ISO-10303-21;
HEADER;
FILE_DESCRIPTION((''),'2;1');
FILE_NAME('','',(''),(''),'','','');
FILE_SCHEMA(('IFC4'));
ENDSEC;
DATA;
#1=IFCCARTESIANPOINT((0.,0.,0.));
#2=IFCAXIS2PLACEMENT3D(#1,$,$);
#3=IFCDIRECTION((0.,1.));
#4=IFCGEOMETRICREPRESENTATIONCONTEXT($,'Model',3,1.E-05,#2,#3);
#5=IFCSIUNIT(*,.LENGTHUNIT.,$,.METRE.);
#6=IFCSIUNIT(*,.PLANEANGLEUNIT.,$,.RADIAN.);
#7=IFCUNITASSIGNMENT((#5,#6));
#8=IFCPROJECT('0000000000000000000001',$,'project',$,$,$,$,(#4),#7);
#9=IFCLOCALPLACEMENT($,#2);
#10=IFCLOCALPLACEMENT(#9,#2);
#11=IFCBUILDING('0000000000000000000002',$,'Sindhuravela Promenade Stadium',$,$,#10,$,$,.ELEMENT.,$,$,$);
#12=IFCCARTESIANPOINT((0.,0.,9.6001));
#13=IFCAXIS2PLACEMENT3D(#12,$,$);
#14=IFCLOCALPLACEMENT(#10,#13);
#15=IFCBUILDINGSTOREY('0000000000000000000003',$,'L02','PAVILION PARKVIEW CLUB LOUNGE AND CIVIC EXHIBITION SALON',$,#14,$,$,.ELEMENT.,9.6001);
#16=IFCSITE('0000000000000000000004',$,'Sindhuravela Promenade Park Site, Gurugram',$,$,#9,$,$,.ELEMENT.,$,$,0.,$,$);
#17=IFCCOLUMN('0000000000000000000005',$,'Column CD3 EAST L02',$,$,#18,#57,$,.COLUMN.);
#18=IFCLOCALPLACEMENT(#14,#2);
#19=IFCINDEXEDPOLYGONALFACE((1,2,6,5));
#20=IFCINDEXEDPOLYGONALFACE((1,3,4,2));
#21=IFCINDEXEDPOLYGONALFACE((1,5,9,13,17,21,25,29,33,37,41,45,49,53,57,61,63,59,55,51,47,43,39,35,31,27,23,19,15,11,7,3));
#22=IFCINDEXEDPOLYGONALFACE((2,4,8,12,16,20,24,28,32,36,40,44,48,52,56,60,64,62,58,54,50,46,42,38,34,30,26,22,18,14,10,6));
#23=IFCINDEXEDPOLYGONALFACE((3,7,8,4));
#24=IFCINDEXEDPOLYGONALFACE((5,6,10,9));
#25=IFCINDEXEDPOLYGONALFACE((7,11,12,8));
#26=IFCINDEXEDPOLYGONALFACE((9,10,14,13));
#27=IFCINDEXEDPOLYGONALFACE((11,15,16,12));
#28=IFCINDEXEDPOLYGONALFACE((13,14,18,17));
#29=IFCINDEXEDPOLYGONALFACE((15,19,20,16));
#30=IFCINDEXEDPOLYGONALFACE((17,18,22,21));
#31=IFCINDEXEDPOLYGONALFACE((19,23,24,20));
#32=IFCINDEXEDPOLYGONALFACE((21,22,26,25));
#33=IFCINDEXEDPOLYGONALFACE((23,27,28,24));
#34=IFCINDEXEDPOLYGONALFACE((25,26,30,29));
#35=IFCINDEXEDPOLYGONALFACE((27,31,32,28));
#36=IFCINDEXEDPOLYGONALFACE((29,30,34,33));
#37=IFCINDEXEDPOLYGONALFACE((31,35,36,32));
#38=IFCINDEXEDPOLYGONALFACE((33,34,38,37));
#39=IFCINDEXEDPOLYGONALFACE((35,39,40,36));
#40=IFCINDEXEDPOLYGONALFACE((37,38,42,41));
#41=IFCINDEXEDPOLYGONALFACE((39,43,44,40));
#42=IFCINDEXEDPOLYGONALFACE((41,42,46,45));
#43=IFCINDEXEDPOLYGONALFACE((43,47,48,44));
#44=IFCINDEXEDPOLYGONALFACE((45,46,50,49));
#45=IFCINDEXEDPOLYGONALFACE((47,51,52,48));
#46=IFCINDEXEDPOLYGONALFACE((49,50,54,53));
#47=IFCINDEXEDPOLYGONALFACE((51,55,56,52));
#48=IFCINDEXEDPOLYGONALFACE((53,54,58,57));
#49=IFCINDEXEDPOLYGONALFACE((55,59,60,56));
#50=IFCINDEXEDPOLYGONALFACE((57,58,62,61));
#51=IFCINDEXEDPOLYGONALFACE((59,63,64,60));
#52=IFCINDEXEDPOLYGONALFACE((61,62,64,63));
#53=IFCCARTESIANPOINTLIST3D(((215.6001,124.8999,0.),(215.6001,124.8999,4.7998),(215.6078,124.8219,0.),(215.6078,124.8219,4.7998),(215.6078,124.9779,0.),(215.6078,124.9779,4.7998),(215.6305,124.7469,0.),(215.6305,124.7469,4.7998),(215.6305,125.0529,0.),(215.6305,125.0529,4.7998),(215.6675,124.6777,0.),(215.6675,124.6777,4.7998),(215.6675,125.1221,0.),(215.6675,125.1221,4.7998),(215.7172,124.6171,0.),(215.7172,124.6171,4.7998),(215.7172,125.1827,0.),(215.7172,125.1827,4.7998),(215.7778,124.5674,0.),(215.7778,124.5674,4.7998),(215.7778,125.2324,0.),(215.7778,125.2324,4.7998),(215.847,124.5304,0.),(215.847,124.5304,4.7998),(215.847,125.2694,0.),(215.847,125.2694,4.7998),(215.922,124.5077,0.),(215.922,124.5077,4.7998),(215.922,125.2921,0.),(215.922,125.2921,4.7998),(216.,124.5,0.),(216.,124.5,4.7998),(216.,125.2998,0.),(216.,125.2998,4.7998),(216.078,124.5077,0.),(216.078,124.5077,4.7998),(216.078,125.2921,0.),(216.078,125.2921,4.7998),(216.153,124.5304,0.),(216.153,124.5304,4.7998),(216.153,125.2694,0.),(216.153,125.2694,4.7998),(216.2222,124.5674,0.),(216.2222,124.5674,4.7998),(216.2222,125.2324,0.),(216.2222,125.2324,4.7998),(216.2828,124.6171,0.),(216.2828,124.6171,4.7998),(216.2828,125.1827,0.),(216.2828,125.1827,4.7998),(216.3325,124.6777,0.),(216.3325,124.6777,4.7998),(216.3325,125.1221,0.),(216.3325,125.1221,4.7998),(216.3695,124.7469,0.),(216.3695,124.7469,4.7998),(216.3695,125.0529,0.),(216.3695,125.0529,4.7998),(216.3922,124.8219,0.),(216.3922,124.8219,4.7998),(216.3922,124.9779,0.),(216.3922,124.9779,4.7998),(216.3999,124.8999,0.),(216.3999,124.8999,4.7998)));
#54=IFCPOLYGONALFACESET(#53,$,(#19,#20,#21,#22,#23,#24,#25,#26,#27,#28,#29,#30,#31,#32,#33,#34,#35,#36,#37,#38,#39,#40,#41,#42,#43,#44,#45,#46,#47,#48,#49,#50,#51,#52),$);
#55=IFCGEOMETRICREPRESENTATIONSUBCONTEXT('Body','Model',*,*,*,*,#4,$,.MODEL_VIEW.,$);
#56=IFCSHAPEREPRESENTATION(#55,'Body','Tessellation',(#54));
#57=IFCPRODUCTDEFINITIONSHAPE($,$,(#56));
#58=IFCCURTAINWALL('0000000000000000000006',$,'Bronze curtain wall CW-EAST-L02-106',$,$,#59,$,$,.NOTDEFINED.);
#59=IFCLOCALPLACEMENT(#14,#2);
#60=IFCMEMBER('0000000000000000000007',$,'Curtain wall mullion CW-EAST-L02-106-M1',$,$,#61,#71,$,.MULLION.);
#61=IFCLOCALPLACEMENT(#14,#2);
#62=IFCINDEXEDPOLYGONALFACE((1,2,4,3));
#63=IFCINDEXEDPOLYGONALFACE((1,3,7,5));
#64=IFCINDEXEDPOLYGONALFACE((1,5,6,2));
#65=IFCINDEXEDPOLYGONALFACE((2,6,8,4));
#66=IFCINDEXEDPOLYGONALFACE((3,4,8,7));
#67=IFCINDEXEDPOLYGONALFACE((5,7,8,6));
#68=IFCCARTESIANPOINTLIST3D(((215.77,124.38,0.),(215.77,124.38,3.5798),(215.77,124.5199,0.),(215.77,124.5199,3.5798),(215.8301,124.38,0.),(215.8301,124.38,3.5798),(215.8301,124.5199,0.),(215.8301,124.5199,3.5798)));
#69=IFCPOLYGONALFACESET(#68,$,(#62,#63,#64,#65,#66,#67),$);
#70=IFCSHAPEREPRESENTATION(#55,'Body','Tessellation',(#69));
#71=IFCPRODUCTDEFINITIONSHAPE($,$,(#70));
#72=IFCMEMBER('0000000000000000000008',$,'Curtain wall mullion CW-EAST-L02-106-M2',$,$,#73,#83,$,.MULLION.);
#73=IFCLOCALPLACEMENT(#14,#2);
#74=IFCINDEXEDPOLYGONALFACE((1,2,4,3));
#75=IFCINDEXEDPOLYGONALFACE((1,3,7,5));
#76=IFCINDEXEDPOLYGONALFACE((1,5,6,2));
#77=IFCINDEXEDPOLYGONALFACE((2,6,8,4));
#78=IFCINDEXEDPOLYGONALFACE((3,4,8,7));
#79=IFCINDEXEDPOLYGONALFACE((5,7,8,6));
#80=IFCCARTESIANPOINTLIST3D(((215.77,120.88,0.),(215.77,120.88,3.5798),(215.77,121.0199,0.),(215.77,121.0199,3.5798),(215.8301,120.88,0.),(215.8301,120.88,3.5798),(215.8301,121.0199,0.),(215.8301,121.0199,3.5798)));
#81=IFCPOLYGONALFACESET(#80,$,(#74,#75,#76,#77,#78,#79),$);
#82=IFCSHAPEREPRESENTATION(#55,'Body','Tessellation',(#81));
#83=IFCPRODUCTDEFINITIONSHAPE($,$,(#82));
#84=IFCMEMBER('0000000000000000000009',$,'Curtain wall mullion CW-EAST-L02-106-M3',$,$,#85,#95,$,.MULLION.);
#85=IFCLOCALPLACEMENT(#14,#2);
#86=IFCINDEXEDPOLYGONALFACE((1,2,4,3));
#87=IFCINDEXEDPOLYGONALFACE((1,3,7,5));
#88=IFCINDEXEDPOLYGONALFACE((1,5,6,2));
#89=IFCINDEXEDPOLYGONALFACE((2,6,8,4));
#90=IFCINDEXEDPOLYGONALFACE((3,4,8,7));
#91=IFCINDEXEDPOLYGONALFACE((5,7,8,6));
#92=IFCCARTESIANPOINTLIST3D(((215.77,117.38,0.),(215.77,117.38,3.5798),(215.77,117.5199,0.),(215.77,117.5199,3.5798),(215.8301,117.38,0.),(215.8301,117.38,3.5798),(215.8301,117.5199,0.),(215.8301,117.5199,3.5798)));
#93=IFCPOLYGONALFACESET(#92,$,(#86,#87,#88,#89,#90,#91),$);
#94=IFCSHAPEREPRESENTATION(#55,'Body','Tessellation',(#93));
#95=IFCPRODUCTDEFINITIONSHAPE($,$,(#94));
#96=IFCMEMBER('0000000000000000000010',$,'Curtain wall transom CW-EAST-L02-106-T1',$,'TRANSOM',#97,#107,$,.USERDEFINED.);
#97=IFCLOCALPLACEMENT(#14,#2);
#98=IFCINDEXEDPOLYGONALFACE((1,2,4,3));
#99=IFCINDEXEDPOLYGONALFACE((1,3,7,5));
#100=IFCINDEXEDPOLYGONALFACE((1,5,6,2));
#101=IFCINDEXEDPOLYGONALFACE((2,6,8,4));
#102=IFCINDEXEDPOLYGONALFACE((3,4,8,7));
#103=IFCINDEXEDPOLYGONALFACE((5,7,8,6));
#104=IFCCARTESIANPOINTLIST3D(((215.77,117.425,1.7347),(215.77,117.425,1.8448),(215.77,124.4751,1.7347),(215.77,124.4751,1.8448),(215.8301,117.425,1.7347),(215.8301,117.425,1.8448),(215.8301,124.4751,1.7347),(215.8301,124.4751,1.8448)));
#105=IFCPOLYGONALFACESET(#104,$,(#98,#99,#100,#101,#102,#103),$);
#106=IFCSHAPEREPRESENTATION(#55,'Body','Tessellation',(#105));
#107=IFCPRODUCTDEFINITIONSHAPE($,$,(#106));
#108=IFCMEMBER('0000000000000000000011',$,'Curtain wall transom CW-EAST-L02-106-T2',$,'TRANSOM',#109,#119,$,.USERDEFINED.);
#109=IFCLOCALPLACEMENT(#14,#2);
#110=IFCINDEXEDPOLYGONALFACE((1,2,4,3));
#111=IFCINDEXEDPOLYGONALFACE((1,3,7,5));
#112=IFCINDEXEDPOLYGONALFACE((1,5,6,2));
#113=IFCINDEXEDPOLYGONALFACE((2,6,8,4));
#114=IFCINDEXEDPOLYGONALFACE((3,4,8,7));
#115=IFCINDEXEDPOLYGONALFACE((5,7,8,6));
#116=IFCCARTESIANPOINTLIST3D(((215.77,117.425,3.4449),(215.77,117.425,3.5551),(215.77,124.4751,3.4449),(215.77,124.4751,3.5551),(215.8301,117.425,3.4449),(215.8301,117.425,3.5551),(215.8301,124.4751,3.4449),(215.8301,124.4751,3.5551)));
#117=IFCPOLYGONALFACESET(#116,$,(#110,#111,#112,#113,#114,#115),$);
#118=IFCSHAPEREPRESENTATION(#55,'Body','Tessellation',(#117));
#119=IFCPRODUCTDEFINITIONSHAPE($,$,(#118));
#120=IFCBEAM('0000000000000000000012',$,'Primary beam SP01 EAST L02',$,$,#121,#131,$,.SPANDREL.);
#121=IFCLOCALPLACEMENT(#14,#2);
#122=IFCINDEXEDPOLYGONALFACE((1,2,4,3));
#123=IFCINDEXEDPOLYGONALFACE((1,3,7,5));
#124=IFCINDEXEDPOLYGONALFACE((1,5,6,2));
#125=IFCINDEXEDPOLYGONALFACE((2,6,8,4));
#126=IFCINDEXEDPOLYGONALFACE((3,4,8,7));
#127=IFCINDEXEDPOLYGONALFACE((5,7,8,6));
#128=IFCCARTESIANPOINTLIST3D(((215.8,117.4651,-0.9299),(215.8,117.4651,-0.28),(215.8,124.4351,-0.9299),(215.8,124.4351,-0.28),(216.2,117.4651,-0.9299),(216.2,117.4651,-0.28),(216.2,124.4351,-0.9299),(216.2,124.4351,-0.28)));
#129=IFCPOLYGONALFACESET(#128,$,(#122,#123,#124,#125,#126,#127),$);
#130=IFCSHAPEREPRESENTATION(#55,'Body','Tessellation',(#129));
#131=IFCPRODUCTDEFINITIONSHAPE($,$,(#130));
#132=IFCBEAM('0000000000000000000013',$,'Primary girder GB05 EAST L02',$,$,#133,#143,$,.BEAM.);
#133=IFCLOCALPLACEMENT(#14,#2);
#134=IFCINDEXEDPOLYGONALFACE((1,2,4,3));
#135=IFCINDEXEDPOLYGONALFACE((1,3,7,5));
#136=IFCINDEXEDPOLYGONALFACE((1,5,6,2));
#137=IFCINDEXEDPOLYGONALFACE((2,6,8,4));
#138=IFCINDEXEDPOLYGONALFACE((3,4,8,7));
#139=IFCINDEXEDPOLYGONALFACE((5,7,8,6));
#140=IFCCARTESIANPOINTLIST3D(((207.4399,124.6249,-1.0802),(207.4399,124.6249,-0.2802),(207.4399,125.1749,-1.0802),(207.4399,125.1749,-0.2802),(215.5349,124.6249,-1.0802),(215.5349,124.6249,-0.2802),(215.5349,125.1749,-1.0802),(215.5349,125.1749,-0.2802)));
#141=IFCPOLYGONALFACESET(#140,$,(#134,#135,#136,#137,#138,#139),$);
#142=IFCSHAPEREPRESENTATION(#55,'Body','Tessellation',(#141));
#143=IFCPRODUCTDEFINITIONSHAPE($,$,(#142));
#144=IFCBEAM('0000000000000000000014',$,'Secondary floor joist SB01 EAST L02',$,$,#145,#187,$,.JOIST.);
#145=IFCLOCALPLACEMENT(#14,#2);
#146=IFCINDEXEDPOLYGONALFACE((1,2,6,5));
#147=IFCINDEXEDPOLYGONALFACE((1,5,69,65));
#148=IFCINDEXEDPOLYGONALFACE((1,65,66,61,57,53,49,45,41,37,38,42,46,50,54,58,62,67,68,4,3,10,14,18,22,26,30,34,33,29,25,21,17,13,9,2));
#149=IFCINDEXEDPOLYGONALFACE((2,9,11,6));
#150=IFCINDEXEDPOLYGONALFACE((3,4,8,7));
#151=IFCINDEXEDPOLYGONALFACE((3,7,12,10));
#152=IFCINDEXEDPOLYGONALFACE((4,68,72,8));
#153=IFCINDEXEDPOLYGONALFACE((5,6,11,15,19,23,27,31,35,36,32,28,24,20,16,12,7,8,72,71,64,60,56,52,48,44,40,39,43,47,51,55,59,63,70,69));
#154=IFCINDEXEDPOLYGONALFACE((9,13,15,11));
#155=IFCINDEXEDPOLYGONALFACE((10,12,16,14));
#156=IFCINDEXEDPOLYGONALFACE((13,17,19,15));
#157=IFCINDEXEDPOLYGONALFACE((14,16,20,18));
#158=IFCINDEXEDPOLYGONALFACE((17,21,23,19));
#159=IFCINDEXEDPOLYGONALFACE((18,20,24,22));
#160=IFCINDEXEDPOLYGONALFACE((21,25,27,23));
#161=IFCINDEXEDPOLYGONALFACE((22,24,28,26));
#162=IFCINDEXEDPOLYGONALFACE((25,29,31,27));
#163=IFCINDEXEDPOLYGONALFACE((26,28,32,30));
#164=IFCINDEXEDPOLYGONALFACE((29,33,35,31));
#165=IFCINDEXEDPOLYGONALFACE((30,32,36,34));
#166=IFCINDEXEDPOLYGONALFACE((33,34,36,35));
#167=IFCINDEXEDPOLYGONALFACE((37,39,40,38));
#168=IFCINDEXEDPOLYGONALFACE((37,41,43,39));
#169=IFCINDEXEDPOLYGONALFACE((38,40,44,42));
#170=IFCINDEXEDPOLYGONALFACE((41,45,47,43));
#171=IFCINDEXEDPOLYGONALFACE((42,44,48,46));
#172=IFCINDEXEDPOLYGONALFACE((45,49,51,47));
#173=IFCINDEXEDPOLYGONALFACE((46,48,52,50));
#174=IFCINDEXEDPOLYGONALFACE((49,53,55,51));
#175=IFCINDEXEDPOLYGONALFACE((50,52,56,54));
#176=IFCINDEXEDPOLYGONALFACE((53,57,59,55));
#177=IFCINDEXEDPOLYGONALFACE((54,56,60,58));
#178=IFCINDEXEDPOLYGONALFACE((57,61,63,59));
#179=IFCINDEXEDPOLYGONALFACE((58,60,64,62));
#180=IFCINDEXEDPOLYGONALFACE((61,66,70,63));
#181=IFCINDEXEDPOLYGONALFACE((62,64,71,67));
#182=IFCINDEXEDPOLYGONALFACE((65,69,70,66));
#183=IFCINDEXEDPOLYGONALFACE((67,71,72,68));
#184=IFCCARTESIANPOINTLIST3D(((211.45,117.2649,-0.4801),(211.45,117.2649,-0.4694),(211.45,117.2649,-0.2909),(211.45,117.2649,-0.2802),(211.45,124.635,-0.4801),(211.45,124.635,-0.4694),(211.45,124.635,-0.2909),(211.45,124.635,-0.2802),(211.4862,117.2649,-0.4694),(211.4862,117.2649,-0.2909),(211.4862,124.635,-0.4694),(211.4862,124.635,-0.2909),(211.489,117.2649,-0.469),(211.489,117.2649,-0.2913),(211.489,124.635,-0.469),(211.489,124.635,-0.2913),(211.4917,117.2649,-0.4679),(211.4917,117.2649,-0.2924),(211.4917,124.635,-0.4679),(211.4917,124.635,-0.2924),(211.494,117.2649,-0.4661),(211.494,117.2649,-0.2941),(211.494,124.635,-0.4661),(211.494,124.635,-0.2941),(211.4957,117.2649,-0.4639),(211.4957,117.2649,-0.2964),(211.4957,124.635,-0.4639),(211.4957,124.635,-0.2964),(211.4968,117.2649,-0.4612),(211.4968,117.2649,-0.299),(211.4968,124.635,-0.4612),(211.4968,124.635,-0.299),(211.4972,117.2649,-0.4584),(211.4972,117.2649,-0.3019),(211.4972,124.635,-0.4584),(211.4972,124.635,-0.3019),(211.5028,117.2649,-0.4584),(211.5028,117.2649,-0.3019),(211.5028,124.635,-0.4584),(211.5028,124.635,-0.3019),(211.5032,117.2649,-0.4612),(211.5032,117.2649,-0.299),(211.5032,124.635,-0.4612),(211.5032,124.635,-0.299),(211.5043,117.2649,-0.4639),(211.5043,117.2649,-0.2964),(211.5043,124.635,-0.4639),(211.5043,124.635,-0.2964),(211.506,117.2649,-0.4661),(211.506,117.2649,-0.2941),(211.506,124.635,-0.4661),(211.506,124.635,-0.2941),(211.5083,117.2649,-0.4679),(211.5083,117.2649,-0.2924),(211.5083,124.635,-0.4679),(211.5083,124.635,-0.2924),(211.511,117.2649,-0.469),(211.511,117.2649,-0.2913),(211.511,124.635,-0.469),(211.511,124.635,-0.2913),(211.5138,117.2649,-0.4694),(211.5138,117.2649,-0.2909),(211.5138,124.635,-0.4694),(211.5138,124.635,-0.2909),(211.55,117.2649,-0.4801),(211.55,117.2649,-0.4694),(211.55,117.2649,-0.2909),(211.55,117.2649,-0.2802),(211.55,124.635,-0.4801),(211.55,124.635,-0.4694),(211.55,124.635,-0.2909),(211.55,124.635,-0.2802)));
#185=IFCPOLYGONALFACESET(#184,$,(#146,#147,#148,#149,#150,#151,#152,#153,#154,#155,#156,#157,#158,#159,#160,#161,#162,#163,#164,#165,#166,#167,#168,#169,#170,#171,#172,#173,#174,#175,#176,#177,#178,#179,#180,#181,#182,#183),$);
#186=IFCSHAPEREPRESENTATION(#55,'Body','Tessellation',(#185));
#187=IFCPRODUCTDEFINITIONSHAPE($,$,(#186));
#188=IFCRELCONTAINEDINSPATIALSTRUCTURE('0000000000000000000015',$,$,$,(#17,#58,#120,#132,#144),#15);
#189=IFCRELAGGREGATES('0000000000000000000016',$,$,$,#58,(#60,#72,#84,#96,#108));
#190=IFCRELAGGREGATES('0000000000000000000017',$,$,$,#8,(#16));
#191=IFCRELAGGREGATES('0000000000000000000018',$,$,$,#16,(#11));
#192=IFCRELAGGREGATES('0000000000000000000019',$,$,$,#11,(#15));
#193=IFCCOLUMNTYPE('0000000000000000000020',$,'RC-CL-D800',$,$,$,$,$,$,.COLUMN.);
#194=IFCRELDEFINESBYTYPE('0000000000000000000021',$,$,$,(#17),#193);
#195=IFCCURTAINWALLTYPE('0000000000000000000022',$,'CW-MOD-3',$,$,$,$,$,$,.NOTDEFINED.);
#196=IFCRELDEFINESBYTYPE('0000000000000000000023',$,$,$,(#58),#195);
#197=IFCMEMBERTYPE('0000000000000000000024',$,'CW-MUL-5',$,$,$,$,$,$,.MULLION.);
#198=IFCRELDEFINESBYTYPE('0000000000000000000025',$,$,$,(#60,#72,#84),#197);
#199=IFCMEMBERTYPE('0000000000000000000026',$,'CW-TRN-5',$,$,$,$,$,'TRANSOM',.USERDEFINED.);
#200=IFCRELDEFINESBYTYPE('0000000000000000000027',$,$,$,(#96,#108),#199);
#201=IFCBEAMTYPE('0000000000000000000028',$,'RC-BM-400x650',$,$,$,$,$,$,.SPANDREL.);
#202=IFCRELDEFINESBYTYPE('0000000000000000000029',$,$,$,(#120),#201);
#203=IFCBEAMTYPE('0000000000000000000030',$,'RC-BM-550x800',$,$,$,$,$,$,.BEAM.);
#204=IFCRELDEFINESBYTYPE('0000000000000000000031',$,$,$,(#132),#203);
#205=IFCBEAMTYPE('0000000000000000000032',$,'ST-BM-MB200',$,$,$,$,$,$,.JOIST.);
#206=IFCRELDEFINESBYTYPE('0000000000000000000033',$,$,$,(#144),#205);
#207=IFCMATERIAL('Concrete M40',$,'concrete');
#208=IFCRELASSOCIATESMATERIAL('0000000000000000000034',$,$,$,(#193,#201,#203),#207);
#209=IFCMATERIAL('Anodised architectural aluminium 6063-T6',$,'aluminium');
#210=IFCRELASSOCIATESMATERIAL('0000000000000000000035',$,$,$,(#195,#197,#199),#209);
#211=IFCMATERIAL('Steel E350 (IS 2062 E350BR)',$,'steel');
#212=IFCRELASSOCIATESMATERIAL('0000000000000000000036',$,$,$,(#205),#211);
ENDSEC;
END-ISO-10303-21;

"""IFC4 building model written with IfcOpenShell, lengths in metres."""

from ifc_helpers import new_model, si_unit, direction, frame, origin, origin_2d, place, context, subcontext, project, spatial, rectangle, circle, i_section, extrude, material, material_profile, profile_set, type_object, element, aggregate, save


model = new_model("IFC4")

# Units and contexts
model_context = context("Model", 3, precision=1e-05, world=origin(), true_north=direction((0.0, 1.0)))
body_context = subcontext(model_context, "Body", "Model", "MODEL_VIEW")
ifc_project = project(units=[si_unit("LENGTHUNIT", "METRE"), si_unit("PLANEANGLEUNIT", "RADIAN")], contexts=[model_context])

# Site, building, storey
site_placement = place(None, origin())
site = spatial("IfcSite", under=ifc_project, at=site_placement, Name="Sindhuravela Promenade Park Site, Gurugram", CompositionType="ELEMENT", RefElevation=0.0)
building_placement = place(site_placement, origin())
building = spatial("IfcBuilding", under=site, at=building_placement, Name="Sindhuravela Promenade Stadium", CompositionType="ELEMENT")
storey_placement = place(building_placement, frame((0.0, 0.0, 9.6001)))
storey = spatial("IfcBuildingStorey", under=building, at=storey_placement, Name="L02", Description="PAVILION PARKVIEW CLUB LOUNGE AND CIVIC EXHIBITION SALON", CompositionType="ELEMENT", Elevation=9.6001)

# Column
ifc_material_1 = material(Name="Concrete M40", Category="concrete")
ifc_material_profile_1 = material_profile(ifc_material_1, circle(Radius=0.3999, at=origin_2d()), Name="RC D800")
ifc_profile_set_1 = profile_set([ifc_material_profile_1], Name="Concrete M40")
column_type = type_object("IfcColumnType", Name="RC-CL-D800", PredefinedType="COLUMN", material=ifc_profile_set_1)
column_placement = place(storey_placement, frame((216.0, 124.8999, 0.0), z_axis=(0.0, 0.0, 1.0), x_axis=(1.0, 0.0, 0.0)))
element("IfcColumn", 1, at=column_placement, inside=storey, type_object=column_type, Name="Column CD3 EAST L02", PredefinedType="COLUMN", context=body_context, shape_type="SweptSolid", body=[
    extrude(circle(Radius=0.3999, at=origin_2d()), origin(), (0.0, 0.0, 1.0), 4.7998),
])

# Curtain wall, members
ifc_material_2 = material(Name="Anodised architectural aluminium 6063-T6", Category="aluminium")
curtain_wall_type = type_object("IfcCurtainWallType", Name="CW-MOD-3", PredefinedType="NOTDEFINED", material=ifc_material_2)
curtain_wall_placement = place(storey_placement, origin())
curtain_wall = element("IfcCurtainWall", 2, at=curtain_wall_placement, inside=storey, type_object=curtain_wall_type, Name="Bronze curtain wall CW-EAST-L02-106", PredefinedType="NOTDEFINED")
ifc_material_profile_2 = material_profile(ifc_material_2, rectangle(XDim=0.0601, YDim=0.1399, at=origin_2d()), Name="ALU M60x140")
ifc_profile_set_2 = profile_set([ifc_material_profile_2], Name="Anodised architectural aluminium 6063-T6")
member_type_1 = type_object("IfcMemberType", Name="CW-MUL-5", PredefinedType="MULLION", material=ifc_profile_set_2)
member_1_placement = place(storey_placement, frame((215.8, 124.45, 0.0), z_axis=(0.0, 0.0, 1.0), x_axis=(1.0, 0.0, 0.0)))
member_1 = element("IfcMember", 3, at=member_1_placement, type_object=member_type_1, Name="Curtain wall mullion CW-EAST-L02-106-M1", PredefinedType="MULLION", context=body_context, shape_type="SweptSolid", body=[
    extrude(rectangle(XDim=0.0601, YDim=0.1399, at=origin_2d()), origin(), (0.0, 0.0, 1.0), 3.5798),
])
member_2_placement = place(storey_placement, frame((215.8, 120.95, 0.0), z_axis=(0.0, 0.0, 1.0), x_axis=(1.0, 0.0, 0.0)))
member_2 = element("IfcMember", 4, at=member_2_placement, type_object=member_type_1, Name="Curtain wall mullion CW-EAST-L02-106-M2", PredefinedType="MULLION", context=body_context, shape_type="SweptSolid", body=[
    extrude(rectangle(XDim=0.0601, YDim=0.1399, at=origin_2d()), origin(), (0.0, 0.0, 1.0), 3.5798),
])
member_3_placement = place(storey_placement, frame((215.8, 117.45, 0.0), z_axis=(0.0, 0.0, 1.0), x_axis=(1.0, 0.0, 0.0)))
member_3 = element("IfcMember", 5, at=member_3_placement, type_object=member_type_1, Name="Curtain wall mullion CW-EAST-L02-106-M3", PredefinedType="MULLION", context=body_context, shape_type="SweptSolid", body=[
    extrude(rectangle(XDim=0.0601, YDim=0.1399, at=origin_2d()), origin(), (0.0, 0.0, 1.0), 3.5798),
])
ifc_material_profile_3 = material_profile(ifc_material_2, rectangle(XDim=0.0601, YDim=0.1101, at=origin_2d()), Name="ALU T60x110")
ifc_profile_set_3 = profile_set([ifc_material_profile_3], Name="Anodised architectural aluminium 6063-T6")
member_type_2 = type_object("IfcMemberType", Name="CW-TRN-5", ElementType="TRANSOM", PredefinedType="USERDEFINED", material=ifc_profile_set_3)
member_4_placement = place(storey_placement, frame((215.8, 124.4751, 1.7898), z_axis=(0.0, -1.0, 0.0), x_axis=(1.0, 0.0, 0.0)))
member_4 = element("IfcMember", 6, at=member_4_placement, type_object=member_type_2, Name="Curtain wall transom CW-EAST-L02-106-T1", ObjectType="TRANSOM", PredefinedType="USERDEFINED", context=body_context, shape_type="SweptSolid", body=[
    extrude(rectangle(XDim=0.0601, YDim=0.1101, at=origin_2d()), origin(), (0.0, 0.0, 1.0), 7.05),
])
member_5_placement = place(storey_placement, frame((215.8, 124.4751, 3.5), z_axis=(0.0, -1.0, 0.0), x_axis=(1.0, 0.0, 0.0)))
member_5 = element("IfcMember", 7, at=member_5_placement, type_object=member_type_2, Name="Curtain wall transom CW-EAST-L02-106-T2", ObjectType="TRANSOM", PredefinedType="USERDEFINED", context=body_context, shape_type="SweptSolid", body=[
    extrude(rectangle(XDim=0.0601, YDim=0.1101, at=origin_2d()), origin(), (0.0, 0.0, 1.0), 7.05),
])

# Beams
ifc_material_profile_4 = material_profile(ifc_material_1, rectangle(XDim=0.3999, YDim=0.6499, at=origin_2d()), Name="RC 400x650")
ifc_profile_set_4 = profile_set([ifc_material_profile_4], Name="Concrete M40")
beam_type_1 = type_object("IfcBeamType", Name="RC-BM-400x650", PredefinedType="SPANDREL", material=ifc_profile_set_4)
beam_1_placement = place(storey_placement, frame((216.0, 117.4651, -0.605), z_axis=(0.0, 1.0, 0.0), x_axis=(-1.0, 0.0, 0.0)))
element("IfcBeam", 8, at=beam_1_placement, inside=storey, type_object=beam_type_1, Name="Primary beam SP01 EAST L02", PredefinedType="SPANDREL", context=body_context, shape_type="SweptSolid", body=[
    extrude(rectangle(XDim=0.3999, YDim=0.6499, at=origin_2d()), origin(), (0.0, 0.0, 1.0), 6.97),
])
ifc_material_profile_5 = material_profile(ifc_material_1, rectangle(XDim=0.55, YDim=0.8, at=origin_2d()), Name="RC 550x800")
ifc_profile_set_5 = profile_set([ifc_material_profile_5], Name="Concrete M40")
beam_type_2 = type_object("IfcBeamType", Name="RC-BM-550x800", PredefinedType="BEAM", material=ifc_profile_set_5)
beam_2_placement = place(storey_placement, frame((207.4399, 124.8999, -0.6802), z_axis=(1.0, 0.0, 0.0), x_axis=(0.0, 1.0, 0.0)))
element("IfcBeam", 9, at=beam_2_placement, inside=storey, type_object=beam_type_2, Name="Primary girder GB05 EAST L02", PredefinedType="BEAM", context=body_context, shape_type="SweptSolid", body=[
    extrude(rectangle(XDim=0.55, YDim=0.8, at=origin_2d()), origin(), (0.0, 0.0, 1.0), 8.095),
])
ifc_material_3 = material(Name="Steel E350 (IS 2062 E350BR)", Category="steel")
ifc_material_profile_6 = material_profile(ifc_material_3, i_section(OverallWidth=0.1001, OverallDepth=0.2, WebThickness=0.0056, FlangeThickness=0.0107, FilletRadius=0.011, at=origin_2d()), Name="ISMB 200")
ifc_profile_set_6 = profile_set([ifc_material_profile_6], Name="Steel E350 (IS 2062 E350BR)")
beam_type_3 = type_object("IfcBeamType", Name="ST-BM-MB200", PredefinedType="JOIST", material=ifc_profile_set_6)
beam_3_placement = place(storey_placement, frame((211.5, 117.2649, -0.3801), z_axis=(0.0, 1.0, 0.0), x_axis=(-1.0, 0.0, 0.0)))
element("IfcBeam", 10, at=beam_3_placement, inside=storey, type_object=beam_type_3, Name="Secondary floor joist SB01 EAST L02", PredefinedType="JOIST", context=body_context, shape_type="SweptSolid", body=[
    extrude(i_section(OverallWidth=0.1001, OverallDepth=0.2, WebThickness=0.0056, FlangeThickness=0.0107, FilletRadius=0.011, at=origin_2d()), origin(), (0.0, 0.0, 1.0), 7.3701),
])

aggregate(curtain_wall, [member_1, member_2, member_3, member_4, member_5])

save(model, "model.ifc")
